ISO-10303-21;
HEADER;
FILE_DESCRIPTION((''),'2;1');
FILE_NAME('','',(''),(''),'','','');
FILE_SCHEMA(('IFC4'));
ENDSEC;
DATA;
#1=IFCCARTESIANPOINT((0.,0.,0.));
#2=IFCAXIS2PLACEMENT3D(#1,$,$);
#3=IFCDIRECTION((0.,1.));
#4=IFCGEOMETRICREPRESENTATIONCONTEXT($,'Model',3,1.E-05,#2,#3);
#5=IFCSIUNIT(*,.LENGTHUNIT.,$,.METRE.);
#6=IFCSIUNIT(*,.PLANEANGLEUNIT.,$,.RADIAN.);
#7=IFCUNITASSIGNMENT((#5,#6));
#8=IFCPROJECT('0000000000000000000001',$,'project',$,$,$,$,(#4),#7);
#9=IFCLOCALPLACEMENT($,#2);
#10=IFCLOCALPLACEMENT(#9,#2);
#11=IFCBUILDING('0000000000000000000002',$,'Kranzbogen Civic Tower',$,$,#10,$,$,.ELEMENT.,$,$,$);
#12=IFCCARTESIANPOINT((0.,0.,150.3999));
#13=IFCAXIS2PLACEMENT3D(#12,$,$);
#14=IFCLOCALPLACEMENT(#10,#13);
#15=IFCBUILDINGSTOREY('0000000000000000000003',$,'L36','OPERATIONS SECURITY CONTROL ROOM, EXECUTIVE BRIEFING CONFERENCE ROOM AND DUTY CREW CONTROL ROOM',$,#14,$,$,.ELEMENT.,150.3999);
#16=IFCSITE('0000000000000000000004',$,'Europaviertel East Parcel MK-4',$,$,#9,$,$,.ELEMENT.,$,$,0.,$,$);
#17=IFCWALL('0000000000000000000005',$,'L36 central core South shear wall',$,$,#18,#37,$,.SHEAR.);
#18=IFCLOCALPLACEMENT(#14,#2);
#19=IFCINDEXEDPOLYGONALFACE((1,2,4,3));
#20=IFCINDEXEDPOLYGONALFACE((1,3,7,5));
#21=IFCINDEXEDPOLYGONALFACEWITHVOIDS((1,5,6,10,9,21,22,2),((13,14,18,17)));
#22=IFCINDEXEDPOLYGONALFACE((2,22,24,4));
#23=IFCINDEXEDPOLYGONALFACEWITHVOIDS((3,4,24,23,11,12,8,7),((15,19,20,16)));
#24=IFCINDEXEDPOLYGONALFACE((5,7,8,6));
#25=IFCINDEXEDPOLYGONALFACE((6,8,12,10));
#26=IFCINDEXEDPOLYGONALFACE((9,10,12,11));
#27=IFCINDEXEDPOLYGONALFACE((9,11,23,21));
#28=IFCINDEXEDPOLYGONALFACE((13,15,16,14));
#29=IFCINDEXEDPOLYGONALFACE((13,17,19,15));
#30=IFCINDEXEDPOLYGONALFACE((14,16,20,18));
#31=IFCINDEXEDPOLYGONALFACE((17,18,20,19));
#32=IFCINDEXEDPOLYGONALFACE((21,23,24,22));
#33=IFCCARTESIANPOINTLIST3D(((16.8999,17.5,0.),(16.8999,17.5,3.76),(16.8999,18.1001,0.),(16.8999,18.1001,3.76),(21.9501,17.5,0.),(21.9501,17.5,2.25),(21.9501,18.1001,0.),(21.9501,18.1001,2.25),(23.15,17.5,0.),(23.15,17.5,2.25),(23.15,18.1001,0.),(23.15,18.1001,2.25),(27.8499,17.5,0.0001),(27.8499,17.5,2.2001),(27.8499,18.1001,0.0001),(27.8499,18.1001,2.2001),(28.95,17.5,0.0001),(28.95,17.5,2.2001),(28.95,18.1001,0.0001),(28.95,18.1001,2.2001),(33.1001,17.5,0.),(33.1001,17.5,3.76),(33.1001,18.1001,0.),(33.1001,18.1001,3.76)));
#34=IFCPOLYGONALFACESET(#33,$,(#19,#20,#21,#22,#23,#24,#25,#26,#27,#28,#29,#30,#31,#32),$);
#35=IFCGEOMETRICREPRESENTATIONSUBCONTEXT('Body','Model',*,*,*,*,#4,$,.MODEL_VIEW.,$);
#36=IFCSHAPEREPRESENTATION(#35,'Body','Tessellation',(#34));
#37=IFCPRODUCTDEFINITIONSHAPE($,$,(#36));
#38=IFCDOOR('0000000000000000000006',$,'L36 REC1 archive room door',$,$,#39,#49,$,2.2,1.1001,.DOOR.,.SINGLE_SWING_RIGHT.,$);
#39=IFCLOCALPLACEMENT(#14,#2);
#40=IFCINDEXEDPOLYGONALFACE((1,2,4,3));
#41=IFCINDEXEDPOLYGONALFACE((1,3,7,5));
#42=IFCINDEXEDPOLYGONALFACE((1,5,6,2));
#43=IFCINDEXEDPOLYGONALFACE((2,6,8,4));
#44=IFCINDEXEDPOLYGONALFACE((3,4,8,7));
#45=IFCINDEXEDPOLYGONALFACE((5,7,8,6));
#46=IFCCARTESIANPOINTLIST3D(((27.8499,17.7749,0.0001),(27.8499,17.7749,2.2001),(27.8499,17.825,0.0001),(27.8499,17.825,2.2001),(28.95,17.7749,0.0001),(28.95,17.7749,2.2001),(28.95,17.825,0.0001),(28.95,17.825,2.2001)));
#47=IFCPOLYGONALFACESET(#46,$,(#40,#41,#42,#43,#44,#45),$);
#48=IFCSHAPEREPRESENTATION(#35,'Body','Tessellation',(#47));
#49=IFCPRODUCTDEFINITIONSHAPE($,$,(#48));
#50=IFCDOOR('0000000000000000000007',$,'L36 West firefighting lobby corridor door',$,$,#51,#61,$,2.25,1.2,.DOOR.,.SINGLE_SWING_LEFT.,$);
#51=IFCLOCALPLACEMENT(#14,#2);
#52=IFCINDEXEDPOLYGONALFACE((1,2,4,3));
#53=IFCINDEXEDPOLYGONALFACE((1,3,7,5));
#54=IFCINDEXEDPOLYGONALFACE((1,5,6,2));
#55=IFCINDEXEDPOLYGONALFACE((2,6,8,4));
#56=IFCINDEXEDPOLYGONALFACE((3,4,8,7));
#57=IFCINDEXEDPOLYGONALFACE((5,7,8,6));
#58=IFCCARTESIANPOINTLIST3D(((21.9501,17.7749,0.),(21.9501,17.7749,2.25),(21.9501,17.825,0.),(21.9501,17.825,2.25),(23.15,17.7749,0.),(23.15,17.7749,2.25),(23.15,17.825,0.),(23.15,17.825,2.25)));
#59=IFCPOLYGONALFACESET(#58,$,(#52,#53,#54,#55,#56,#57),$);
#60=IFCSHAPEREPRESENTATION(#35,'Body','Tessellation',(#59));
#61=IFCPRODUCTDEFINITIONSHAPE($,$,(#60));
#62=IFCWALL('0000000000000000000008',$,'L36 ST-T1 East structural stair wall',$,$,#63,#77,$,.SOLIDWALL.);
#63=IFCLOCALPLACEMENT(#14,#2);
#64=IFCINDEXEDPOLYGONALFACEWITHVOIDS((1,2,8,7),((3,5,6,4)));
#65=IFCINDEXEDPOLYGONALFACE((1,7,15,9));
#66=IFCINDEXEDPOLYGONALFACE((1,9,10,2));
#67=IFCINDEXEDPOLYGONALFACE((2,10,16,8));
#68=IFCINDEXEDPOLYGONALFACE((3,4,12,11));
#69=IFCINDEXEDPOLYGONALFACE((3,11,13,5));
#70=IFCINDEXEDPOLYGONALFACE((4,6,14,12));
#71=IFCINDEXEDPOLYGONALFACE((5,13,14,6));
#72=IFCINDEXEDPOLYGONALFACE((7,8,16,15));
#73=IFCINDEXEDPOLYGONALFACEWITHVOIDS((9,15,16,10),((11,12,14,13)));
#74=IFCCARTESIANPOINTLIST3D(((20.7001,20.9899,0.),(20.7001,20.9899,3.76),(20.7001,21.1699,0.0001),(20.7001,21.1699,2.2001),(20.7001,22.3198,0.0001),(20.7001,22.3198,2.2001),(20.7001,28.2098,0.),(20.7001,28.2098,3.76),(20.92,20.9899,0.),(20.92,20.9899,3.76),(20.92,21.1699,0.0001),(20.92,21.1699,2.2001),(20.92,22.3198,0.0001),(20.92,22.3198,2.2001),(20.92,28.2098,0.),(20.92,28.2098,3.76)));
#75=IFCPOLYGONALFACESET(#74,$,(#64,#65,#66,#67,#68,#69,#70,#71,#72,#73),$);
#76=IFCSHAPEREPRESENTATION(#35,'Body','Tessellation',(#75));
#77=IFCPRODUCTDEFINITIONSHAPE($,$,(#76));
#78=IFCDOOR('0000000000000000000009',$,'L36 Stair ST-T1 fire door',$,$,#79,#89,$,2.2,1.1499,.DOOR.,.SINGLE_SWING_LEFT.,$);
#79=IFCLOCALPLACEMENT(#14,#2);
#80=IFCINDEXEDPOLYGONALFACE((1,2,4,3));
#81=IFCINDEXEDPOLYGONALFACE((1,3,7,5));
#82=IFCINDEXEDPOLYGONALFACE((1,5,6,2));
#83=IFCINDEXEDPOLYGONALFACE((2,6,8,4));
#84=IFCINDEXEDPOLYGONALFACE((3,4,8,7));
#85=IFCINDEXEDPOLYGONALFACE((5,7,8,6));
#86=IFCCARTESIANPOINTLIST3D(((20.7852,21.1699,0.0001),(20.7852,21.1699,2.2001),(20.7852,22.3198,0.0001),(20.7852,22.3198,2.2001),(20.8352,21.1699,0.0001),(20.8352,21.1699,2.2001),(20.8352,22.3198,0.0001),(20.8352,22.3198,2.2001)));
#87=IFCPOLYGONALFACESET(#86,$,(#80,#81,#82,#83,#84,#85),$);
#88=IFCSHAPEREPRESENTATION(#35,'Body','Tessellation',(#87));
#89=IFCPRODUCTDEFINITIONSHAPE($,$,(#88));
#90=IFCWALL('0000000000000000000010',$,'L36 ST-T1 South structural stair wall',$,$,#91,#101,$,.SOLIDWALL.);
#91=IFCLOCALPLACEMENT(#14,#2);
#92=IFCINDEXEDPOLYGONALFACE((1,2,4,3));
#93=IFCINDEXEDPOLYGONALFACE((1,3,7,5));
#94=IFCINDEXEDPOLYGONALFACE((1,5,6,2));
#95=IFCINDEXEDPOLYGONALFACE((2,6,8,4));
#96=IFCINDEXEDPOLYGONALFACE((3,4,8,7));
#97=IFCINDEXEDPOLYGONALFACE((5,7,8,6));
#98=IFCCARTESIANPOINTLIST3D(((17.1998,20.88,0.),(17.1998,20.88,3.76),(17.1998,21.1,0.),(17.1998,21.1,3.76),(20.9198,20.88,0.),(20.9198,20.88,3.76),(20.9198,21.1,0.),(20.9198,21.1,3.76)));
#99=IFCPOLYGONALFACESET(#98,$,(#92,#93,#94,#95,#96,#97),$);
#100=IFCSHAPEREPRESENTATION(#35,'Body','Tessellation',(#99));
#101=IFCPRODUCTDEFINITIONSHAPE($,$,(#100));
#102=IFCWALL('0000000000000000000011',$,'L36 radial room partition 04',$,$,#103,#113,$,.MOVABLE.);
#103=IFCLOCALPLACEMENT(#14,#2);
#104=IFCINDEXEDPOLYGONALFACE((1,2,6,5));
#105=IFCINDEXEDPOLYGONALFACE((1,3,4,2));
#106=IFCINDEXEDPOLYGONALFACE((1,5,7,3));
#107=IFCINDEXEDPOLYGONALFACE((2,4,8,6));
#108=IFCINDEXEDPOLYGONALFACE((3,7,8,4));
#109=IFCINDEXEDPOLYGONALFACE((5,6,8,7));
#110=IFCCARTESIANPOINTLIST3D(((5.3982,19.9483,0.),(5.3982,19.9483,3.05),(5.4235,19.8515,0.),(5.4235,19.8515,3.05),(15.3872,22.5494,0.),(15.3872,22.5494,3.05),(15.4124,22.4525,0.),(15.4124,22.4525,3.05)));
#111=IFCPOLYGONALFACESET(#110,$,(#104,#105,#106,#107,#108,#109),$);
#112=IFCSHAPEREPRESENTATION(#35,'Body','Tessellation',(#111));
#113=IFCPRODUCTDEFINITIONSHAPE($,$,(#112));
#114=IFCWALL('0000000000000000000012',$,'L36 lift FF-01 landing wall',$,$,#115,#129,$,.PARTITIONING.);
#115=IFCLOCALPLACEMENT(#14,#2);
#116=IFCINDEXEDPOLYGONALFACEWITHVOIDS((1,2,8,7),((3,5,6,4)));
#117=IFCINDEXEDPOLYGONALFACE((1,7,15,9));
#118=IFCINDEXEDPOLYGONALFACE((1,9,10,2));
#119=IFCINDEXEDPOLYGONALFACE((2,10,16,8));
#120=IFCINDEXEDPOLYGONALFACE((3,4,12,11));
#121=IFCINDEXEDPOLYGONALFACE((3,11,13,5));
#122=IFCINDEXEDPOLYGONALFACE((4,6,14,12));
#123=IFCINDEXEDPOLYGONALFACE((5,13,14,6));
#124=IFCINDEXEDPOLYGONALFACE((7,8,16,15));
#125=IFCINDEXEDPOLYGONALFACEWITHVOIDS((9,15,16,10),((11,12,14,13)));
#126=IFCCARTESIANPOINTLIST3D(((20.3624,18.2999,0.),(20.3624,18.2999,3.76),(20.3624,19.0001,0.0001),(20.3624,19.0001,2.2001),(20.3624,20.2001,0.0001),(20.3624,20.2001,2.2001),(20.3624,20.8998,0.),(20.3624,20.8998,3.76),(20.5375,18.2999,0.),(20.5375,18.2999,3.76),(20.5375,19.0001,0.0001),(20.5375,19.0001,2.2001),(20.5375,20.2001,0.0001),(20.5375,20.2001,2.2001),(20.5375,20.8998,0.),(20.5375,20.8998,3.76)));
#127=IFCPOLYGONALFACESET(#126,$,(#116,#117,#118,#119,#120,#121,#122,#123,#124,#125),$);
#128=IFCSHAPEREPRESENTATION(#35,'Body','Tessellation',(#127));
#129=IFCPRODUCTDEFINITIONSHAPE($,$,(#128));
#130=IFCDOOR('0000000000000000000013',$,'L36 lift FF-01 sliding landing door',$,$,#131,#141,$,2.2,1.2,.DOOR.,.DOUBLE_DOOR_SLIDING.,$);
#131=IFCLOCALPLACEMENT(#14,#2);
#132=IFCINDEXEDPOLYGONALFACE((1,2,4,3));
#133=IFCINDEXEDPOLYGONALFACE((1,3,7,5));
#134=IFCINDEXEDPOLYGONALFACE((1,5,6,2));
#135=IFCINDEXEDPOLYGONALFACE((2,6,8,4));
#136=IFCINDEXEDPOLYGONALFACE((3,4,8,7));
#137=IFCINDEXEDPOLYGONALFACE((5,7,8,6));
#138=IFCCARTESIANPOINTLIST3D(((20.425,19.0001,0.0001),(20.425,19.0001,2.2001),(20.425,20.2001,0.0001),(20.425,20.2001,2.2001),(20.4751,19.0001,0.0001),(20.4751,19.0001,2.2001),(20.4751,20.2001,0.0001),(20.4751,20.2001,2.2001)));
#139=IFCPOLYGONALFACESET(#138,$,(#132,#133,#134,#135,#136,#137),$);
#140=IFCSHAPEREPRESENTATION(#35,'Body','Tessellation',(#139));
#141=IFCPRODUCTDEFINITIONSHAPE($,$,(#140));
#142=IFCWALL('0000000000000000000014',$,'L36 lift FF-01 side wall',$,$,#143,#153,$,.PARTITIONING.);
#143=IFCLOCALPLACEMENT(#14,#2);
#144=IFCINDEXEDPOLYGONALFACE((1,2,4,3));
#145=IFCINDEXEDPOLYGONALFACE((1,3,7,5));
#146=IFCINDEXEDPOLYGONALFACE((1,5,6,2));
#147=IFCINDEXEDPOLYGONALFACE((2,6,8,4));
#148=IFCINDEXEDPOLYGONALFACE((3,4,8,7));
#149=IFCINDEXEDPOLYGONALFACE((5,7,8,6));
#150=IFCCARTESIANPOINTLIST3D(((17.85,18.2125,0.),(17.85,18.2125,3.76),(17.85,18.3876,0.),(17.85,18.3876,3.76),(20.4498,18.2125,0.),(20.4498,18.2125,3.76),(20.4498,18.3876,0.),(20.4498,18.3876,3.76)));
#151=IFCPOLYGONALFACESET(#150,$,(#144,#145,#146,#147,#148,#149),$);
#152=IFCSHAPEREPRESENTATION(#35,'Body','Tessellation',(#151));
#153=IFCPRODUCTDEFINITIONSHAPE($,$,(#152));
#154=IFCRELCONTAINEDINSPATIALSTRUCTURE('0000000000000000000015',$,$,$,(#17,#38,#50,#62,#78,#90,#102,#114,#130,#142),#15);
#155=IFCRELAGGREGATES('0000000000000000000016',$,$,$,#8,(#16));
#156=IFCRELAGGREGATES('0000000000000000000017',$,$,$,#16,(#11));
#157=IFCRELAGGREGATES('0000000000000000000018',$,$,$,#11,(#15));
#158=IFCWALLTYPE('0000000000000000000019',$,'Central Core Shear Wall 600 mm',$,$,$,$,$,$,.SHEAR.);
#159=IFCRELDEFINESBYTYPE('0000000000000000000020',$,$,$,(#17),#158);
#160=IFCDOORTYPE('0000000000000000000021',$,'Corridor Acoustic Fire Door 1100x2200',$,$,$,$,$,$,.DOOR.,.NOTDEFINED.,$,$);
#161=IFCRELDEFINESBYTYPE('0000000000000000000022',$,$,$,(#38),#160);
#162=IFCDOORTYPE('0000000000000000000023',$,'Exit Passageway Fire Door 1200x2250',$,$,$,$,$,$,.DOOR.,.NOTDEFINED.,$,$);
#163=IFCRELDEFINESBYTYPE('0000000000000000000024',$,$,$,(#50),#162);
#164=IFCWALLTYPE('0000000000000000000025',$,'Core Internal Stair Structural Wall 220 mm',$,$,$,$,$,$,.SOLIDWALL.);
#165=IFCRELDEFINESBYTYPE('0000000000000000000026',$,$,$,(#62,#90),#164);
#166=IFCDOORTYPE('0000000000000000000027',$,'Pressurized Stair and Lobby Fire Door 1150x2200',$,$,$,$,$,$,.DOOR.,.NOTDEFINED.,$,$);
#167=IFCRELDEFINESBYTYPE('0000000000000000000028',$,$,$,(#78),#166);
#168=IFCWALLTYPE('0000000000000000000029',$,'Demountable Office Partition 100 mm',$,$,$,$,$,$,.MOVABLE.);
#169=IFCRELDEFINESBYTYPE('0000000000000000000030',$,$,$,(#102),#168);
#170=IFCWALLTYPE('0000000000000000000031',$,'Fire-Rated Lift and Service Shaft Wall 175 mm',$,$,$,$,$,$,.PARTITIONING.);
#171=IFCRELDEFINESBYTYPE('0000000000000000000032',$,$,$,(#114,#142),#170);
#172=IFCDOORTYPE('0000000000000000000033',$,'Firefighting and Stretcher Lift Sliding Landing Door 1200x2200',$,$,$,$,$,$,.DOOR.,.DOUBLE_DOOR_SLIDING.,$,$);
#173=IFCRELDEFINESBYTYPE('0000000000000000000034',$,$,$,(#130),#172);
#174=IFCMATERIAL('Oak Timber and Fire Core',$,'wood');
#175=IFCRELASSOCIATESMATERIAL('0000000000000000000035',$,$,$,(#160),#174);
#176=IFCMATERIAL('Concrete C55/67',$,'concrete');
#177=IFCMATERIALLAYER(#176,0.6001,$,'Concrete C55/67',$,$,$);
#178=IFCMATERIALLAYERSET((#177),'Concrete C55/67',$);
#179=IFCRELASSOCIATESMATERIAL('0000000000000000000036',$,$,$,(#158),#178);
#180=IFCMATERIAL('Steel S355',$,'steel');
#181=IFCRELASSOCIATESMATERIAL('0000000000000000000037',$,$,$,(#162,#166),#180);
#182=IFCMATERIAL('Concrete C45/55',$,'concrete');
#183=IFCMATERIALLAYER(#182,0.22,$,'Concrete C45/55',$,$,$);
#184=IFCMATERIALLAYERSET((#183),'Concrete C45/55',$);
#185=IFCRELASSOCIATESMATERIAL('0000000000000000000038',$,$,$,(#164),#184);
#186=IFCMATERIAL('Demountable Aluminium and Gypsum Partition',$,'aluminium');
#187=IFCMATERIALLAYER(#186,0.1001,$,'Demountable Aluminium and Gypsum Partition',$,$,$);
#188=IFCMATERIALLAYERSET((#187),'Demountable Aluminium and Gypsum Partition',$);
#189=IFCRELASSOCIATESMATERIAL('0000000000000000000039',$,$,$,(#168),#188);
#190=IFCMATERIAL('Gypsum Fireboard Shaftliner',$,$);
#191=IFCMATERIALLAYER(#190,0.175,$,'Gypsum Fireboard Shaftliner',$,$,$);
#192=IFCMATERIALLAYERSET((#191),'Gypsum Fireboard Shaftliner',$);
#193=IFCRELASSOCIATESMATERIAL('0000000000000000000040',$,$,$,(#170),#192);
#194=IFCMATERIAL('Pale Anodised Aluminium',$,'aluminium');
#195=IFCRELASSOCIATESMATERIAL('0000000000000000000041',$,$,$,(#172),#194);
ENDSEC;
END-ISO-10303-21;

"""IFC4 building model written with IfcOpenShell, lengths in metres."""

from ifc_helpers import new_model, si_unit, direction, frame, frame_2d, origin, place, context, subcontext, project, spatial, rectangle, extrude, material, layer, layer_set, type_object, element, fill, save


model = new_model("IFC4")

# Units and contexts
model_context = context("Model", 3, precision=1e-05, world=origin(), true_north=direction((0.0, 1.0)))
body_context = subcontext(model_context, "Body", "Model", "MODEL_VIEW")
ifc_project = project(units=[si_unit("LENGTHUNIT", "METRE"), si_unit("PLANEANGLEUNIT", "RADIAN")], contexts=[model_context])

# Site, building, storey
site_placement = place(None, origin())
site = spatial("IfcSite", under=ifc_project, at=site_placement, Name="Europaviertel East Parcel MK-4", CompositionType="ELEMENT", RefElevation=0.0)
building_placement = place(site_placement, origin())
building = spatial("IfcBuilding", under=site, at=building_placement, Name="Kranzbogen Civic Tower", CompositionType="ELEMENT")
storey_placement = place(building_placement, frame((0.0, 0.0, 150.3999)))
storey = spatial("IfcBuildingStorey", under=building, at=storey_placement, Name="L36", Description="OPERATIONS SECURITY CONTROL ROOM, EXECUTIVE BRIEFING CONFERENCE ROOM AND DUTY CREW CONTROL ROOM", CompositionType="ELEMENT", Elevation=150.3999)

# Shared definitions
ifc_material_1 = material(Name="Steel S355", Category="steel")

# Shared definitions
ifc_material_2 = material(Name="Oak Timber and Fire Core", Category="wood")
door_type_1 = type_object("IfcDoorType", Name="Corridor Acoustic Fire Door 1100x2200", OperationType="NOTDEFINED", PredefinedType="DOOR", material=ifc_material_2)

# Wall, openings, doors
ifc_material_3 = material(Name="Concrete C55/67", Category="concrete")
ifc_layer_1 = layer(ifc_material_3, 0.6001, Name="Concrete C55/67")
ifc_layer_set_1 = layer_set([ifc_layer_1], Name="Concrete C55/67")
wall_type_1 = type_object("IfcWallType", Name="Central Core Shear Wall 600 mm", PredefinedType="SHEAR", material=ifc_layer_set_1)
wall_1_placement = place(storey_placement, frame((16.8999, 17.8, 0.0), z_axis=(0.0, 0.0, 1.0), x_axis=(1.0, 0.0, 0.0)))
wall_1 = element("IfcWall", 1, at=wall_1_placement, inside=storey, type_object=wall_type_1, Name="L36 central core South shear wall", PredefinedType="SHEAR", context=body_context, shape_type="SweptSolid", body=[
    extrude(rectangle(XDim=16.2002, YDim=0.6001, at=frame_2d((8.1001, 0.0))), origin(), (0.0, 0.0, 1.0), 3.76),
])
opening_1_placement = place(wall_1_placement, frame((5.05, 0.0, 0.0)))
opening_1 = element("IfcOpeningElement", 2, at=opening_1_placement, cuts=wall_1, PredefinedType="OPENING", context=body_context, shape_type="SweptSolid", body=[
    extrude(rectangle(XDim=1.2, YDim=2.25, at=frame_2d((0.6001, 1.125))), frame((0.0, 0.3101, 0.0), z_axis=(0.0, -1.0, 0.0), x_axis=(1.0, 0.0, 0.0)), (0.0, 0.0, 1.0), 0.6201),
])
opening_2_placement = place(wall_1_placement, frame((10.95, 0.0, 0.0)))
opening_2 = element("IfcOpeningElement", 3, at=opening_2_placement, cuts=wall_1, PredefinedType="OPENING", context=body_context, shape_type="SweptSolid", body=[
    extrude(rectangle(XDim=1.1001, YDim=2.2, at=frame_2d((0.55, 1.1001))), frame((0.0, 0.3101, 0.0), z_axis=(0.0, -1.0, 0.0), x_axis=(1.0, 0.0, 0.0)), (0.0, 0.0, 1.0), 0.6201),
])
door_1_placement = place(opening_2_placement, origin())
door_1 = element("IfcDoor", 4, at=door_1_placement, inside=storey, type_object=door_type_1, Name="L36 REC1 archive room door", OperationType="SINGLE_SWING_RIGHT", OverallHeight=2.2, OverallWidth=1.1001, PredefinedType="DOOR", context=body_context, shape_type="SweptSolid", body=[
    extrude(rectangle(XDim=1.1001, YDim=2.2, at=frame_2d((0.55, 1.1001))), frame((0.0, 0.0249, 0.0), z_axis=(0.0, -1.0, 0.0), x_axis=(1.0, 0.0, 0.0)), (0.0, 0.0, 1.0), 0.05),
])
fill(opening_2, door_1)
door_type_2 = type_object("IfcDoorType", Name="Exit Passageway Fire Door 1200x2250", OperationType="NOTDEFINED", PredefinedType="DOOR", material=ifc_material_1)
door_2_placement = place(opening_1_placement, origin())
door_2 = element("IfcDoor", 5, at=door_2_placement, inside=storey, type_object=door_type_2, Name="L36 West firefighting lobby corridor door", OperationType="SINGLE_SWING_LEFT", OverallHeight=2.25, OverallWidth=1.2, PredefinedType="DOOR", context=body_context, shape_type="SweptSolid", body=[
    extrude(rectangle(XDim=1.2, YDim=2.25, at=frame_2d((0.6001, 1.125))), frame((0.0, 0.0249, 0.0), z_axis=(0.0, -1.0, 0.0), x_axis=(1.0, 0.0, 0.0)), (0.0, 0.0, 1.0), 0.05),
])
fill(opening_1, door_2)

# Wall, opening, door
ifc_material_4 = material(Name="Concrete C45/55", Category="concrete")
ifc_layer_2 = layer(ifc_material_4, 0.22, Name="Concrete C45/55")
ifc_layer_set_2 = layer_set([ifc_layer_2], Name="Concrete C45/55")
wall_type_2 = type_object("IfcWallType", Name="Core Internal Stair Structural Wall 220 mm", PredefinedType="SOLIDWALL", material=ifc_layer_set_2)
wall_2_placement = place(storey_placement, frame((20.8101, 20.99, 0.0), z_axis=(0.0, 0.0, 1.0), x_axis=(0.0, 1.0, 0.0)))
wall_2 = element("IfcWall", 6, at=wall_2_placement, inside=storey, type_object=wall_type_2, Name="L36 ST-T1 East structural stair wall", PredefinedType="SOLIDWALL", context=body_context, shape_type="SweptSolid", body=[
    extrude(rectangle(XDim=7.22, YDim=0.22, at=frame_2d((3.6099, 0.0))), origin(), (0.0, 0.0, 1.0), 3.76),
])
opening_3_placement = place(wall_2_placement, frame((0.1799, 0.0, 0.0)))
opening_3 = element("IfcOpeningElement", 7, at=opening_3_placement, cuts=wall_2, PredefinedType="OPENING", context=body_context, shape_type="SweptSolid", body=[
    extrude(rectangle(XDim=1.1499, YDim=2.2, at=frame_2d((0.575, 1.1001))), frame((0.0, 0.1201, 0.0), z_axis=(0.0, -1.0, 0.0), x_axis=(1.0, 0.0, 0.0)), (0.0, 0.0, 1.0), 0.24),
])
door_type_3 = type_object("IfcDoorType", Name="Pressurized Stair and Lobby Fire Door 1150x2200", OperationType="NOTDEFINED", PredefinedType="DOOR", material=ifc_material_1)
door_3_placement = place(opening_3_placement, origin())
door_3 = element("IfcDoor", 8, at=door_3_placement, inside=storey, type_object=door_type_3, Name="L36 Stair ST-T1 fire door", OperationType="SINGLE_SWING_LEFT", OverallHeight=2.2, OverallWidth=1.1499, PredefinedType="DOOR", context=body_context, shape_type="SweptSolid", body=[
    extrude(rectangle(XDim=1.1499, YDim=2.2, at=frame_2d((0.575, 1.1001))), frame((0.0, 0.0249, 0.0), z_axis=(0.0, -1.0, 0.0), x_axis=(1.0, 0.0, 0.0)), (0.0, 0.0, 1.0), 0.05),
])
fill(opening_3, door_3)

# Walls
wall_3_placement = place(storey_placement, frame((17.2, 20.99, 0.0), z_axis=(0.0, 0.0, 1.0), x_axis=(1.0, 0.0, 0.0)))
element("IfcWall", 9, at=wall_3_placement, inside=storey, type_object=wall_type_2, Name="L36 ST-T1 South structural stair wall", PredefinedType="SOLIDWALL", context=body_context, shape_type="SweptSolid", body=[
    extrude(rectangle(XDim=3.72, YDim=0.22, at=frame_2d((1.8599, 0.0))), origin(), (0.0, 0.0, 1.0), 3.76),
])
ifc_material_5 = material(Name="Demountable Aluminium and Gypsum Partition", Category="aluminium")
ifc_layer_3 = layer(ifc_material_5, 0.1001, Name="Demountable Aluminium and Gypsum Partition")
ifc_layer_set_3 = layer_set([ifc_layer_3], Name="Demountable Aluminium and Gypsum Partition")
wall_type_3 = type_object("IfcWallType", Name="Demountable Office Partition 100 mm", PredefinedType="MOVABLE", material=ifc_layer_set_3)
wall_4_placement = place(storey_placement, frame((15.3999, 22.501, 0.0), z_axis=(0.0, 0.0, 1.0), x_axis=(-0.96773, -0.251991, 0.0)))
element("IfcWall", 10, at=wall_4_placement, inside=storey, type_object=wall_type_3, Name="L36 radial room partition 04", PredefinedType="MOVABLE", context=body_context, shape_type="SweptSolid", body=[
    extrude(rectangle(XDim=10.322, YDim=0.1001, at=frame_2d((5.1611, 0.0))), origin(), (0.0, 0.0, 1.0), 3.05),
])

# Wall, opening, door
ifc_material_6 = material(Name="Gypsum Fireboard Shaftliner")
ifc_layer_4 = layer(ifc_material_6, 0.175, Name="Gypsum Fireboard Shaftliner")
ifc_layer_set_4 = layer_set([ifc_layer_4], Name="Gypsum Fireboard Shaftliner")
wall_type_4 = type_object("IfcWallType", Name="Fire-Rated Lift and Service Shaft Wall 175 mm", PredefinedType="PARTITIONING", material=ifc_layer_set_4)
wall_5_placement = place(storey_placement, frame((20.45, 18.3, 0.0), z_axis=(0.0, 0.0, 1.0), x_axis=(0.0, 1.0, 0.0)))
wall_5 = element("IfcWall", 11, at=wall_5_placement, inside=storey, type_object=wall_type_4, Name="L36 lift FF-01 landing wall", PredefinedType="PARTITIONING", context=body_context, shape_type="SweptSolid", body=[
    extrude(rectangle(XDim=2.5999, YDim=0.175, at=frame_2d((1.2998, 0.0))), origin(), (0.0, 0.0, 1.0), 3.76),
])
opening_4_placement = place(wall_5_placement, frame((0.7, 0.0, 0.0)))
opening_4 = element("IfcOpeningElement", 12, at=opening_4_placement, cuts=wall_5, PredefinedType="OPENING", context=body_context, shape_type="SweptSolid", body=[
    extrude(rectangle(XDim=1.2, YDim=2.2, at=frame_2d((0.6001, 1.1001))), frame((0.0, 0.0977, 0.0), z_axis=(0.0, -1.0, 0.0), x_axis=(1.0, 0.0, 0.0)), (0.0, 0.0, 1.0), 0.1951),
])
ifc_material_7 = material(Name="Pale Anodised Aluminium", Category="aluminium")
door_type_4 = type_object("IfcDoorType", Name="Firefighting and Stretcher Lift Sliding Landing Door 1200x2200", OperationType="DOUBLE_DOOR_SLIDING", PredefinedType="DOOR", material=ifc_material_7)
door_4_placement = place(opening_4_placement, origin())
door_4 = element("IfcDoor", 13, at=door_4_placement, inside=storey, type_object=door_type_4, Name="L36 lift FF-01 sliding landing door", OperationType="DOUBLE_DOOR_SLIDING", OverallHeight=2.2, OverallWidth=1.2, PredefinedType="DOOR", context=body_context, shape_type="SweptSolid", body=[
    extrude(rectangle(XDim=1.2, YDim=2.2, at=frame_2d((0.6001, 1.1001))), frame((0.0, 0.0249, 0.0), z_axis=(0.0, -1.0, 0.0), x_axis=(1.0, 0.0, 0.0)), (0.0, 0.0, 1.0), 0.05),
])
fill(opening_4, door_4)

# Wall
wall_6_placement = place(storey_placement, frame((17.8501, 18.3, 0.0), z_axis=(0.0, 0.0, 1.0), x_axis=(1.0, 0.0, 0.0)))
element("IfcWall", 14, at=wall_6_placement, inside=storey, type_object=wall_type_4, Name="L36 lift FF-01 side wall", PredefinedType="PARTITIONING", context=body_context, shape_type="SweptSolid", body=[
    extrude(rectangle(XDim=2.5999, YDim=0.175, at=frame_2d((1.2998, 0.0))), origin(), (0.0, 0.0, 1.0), 3.76),
])

save(model, "model.ifc")
